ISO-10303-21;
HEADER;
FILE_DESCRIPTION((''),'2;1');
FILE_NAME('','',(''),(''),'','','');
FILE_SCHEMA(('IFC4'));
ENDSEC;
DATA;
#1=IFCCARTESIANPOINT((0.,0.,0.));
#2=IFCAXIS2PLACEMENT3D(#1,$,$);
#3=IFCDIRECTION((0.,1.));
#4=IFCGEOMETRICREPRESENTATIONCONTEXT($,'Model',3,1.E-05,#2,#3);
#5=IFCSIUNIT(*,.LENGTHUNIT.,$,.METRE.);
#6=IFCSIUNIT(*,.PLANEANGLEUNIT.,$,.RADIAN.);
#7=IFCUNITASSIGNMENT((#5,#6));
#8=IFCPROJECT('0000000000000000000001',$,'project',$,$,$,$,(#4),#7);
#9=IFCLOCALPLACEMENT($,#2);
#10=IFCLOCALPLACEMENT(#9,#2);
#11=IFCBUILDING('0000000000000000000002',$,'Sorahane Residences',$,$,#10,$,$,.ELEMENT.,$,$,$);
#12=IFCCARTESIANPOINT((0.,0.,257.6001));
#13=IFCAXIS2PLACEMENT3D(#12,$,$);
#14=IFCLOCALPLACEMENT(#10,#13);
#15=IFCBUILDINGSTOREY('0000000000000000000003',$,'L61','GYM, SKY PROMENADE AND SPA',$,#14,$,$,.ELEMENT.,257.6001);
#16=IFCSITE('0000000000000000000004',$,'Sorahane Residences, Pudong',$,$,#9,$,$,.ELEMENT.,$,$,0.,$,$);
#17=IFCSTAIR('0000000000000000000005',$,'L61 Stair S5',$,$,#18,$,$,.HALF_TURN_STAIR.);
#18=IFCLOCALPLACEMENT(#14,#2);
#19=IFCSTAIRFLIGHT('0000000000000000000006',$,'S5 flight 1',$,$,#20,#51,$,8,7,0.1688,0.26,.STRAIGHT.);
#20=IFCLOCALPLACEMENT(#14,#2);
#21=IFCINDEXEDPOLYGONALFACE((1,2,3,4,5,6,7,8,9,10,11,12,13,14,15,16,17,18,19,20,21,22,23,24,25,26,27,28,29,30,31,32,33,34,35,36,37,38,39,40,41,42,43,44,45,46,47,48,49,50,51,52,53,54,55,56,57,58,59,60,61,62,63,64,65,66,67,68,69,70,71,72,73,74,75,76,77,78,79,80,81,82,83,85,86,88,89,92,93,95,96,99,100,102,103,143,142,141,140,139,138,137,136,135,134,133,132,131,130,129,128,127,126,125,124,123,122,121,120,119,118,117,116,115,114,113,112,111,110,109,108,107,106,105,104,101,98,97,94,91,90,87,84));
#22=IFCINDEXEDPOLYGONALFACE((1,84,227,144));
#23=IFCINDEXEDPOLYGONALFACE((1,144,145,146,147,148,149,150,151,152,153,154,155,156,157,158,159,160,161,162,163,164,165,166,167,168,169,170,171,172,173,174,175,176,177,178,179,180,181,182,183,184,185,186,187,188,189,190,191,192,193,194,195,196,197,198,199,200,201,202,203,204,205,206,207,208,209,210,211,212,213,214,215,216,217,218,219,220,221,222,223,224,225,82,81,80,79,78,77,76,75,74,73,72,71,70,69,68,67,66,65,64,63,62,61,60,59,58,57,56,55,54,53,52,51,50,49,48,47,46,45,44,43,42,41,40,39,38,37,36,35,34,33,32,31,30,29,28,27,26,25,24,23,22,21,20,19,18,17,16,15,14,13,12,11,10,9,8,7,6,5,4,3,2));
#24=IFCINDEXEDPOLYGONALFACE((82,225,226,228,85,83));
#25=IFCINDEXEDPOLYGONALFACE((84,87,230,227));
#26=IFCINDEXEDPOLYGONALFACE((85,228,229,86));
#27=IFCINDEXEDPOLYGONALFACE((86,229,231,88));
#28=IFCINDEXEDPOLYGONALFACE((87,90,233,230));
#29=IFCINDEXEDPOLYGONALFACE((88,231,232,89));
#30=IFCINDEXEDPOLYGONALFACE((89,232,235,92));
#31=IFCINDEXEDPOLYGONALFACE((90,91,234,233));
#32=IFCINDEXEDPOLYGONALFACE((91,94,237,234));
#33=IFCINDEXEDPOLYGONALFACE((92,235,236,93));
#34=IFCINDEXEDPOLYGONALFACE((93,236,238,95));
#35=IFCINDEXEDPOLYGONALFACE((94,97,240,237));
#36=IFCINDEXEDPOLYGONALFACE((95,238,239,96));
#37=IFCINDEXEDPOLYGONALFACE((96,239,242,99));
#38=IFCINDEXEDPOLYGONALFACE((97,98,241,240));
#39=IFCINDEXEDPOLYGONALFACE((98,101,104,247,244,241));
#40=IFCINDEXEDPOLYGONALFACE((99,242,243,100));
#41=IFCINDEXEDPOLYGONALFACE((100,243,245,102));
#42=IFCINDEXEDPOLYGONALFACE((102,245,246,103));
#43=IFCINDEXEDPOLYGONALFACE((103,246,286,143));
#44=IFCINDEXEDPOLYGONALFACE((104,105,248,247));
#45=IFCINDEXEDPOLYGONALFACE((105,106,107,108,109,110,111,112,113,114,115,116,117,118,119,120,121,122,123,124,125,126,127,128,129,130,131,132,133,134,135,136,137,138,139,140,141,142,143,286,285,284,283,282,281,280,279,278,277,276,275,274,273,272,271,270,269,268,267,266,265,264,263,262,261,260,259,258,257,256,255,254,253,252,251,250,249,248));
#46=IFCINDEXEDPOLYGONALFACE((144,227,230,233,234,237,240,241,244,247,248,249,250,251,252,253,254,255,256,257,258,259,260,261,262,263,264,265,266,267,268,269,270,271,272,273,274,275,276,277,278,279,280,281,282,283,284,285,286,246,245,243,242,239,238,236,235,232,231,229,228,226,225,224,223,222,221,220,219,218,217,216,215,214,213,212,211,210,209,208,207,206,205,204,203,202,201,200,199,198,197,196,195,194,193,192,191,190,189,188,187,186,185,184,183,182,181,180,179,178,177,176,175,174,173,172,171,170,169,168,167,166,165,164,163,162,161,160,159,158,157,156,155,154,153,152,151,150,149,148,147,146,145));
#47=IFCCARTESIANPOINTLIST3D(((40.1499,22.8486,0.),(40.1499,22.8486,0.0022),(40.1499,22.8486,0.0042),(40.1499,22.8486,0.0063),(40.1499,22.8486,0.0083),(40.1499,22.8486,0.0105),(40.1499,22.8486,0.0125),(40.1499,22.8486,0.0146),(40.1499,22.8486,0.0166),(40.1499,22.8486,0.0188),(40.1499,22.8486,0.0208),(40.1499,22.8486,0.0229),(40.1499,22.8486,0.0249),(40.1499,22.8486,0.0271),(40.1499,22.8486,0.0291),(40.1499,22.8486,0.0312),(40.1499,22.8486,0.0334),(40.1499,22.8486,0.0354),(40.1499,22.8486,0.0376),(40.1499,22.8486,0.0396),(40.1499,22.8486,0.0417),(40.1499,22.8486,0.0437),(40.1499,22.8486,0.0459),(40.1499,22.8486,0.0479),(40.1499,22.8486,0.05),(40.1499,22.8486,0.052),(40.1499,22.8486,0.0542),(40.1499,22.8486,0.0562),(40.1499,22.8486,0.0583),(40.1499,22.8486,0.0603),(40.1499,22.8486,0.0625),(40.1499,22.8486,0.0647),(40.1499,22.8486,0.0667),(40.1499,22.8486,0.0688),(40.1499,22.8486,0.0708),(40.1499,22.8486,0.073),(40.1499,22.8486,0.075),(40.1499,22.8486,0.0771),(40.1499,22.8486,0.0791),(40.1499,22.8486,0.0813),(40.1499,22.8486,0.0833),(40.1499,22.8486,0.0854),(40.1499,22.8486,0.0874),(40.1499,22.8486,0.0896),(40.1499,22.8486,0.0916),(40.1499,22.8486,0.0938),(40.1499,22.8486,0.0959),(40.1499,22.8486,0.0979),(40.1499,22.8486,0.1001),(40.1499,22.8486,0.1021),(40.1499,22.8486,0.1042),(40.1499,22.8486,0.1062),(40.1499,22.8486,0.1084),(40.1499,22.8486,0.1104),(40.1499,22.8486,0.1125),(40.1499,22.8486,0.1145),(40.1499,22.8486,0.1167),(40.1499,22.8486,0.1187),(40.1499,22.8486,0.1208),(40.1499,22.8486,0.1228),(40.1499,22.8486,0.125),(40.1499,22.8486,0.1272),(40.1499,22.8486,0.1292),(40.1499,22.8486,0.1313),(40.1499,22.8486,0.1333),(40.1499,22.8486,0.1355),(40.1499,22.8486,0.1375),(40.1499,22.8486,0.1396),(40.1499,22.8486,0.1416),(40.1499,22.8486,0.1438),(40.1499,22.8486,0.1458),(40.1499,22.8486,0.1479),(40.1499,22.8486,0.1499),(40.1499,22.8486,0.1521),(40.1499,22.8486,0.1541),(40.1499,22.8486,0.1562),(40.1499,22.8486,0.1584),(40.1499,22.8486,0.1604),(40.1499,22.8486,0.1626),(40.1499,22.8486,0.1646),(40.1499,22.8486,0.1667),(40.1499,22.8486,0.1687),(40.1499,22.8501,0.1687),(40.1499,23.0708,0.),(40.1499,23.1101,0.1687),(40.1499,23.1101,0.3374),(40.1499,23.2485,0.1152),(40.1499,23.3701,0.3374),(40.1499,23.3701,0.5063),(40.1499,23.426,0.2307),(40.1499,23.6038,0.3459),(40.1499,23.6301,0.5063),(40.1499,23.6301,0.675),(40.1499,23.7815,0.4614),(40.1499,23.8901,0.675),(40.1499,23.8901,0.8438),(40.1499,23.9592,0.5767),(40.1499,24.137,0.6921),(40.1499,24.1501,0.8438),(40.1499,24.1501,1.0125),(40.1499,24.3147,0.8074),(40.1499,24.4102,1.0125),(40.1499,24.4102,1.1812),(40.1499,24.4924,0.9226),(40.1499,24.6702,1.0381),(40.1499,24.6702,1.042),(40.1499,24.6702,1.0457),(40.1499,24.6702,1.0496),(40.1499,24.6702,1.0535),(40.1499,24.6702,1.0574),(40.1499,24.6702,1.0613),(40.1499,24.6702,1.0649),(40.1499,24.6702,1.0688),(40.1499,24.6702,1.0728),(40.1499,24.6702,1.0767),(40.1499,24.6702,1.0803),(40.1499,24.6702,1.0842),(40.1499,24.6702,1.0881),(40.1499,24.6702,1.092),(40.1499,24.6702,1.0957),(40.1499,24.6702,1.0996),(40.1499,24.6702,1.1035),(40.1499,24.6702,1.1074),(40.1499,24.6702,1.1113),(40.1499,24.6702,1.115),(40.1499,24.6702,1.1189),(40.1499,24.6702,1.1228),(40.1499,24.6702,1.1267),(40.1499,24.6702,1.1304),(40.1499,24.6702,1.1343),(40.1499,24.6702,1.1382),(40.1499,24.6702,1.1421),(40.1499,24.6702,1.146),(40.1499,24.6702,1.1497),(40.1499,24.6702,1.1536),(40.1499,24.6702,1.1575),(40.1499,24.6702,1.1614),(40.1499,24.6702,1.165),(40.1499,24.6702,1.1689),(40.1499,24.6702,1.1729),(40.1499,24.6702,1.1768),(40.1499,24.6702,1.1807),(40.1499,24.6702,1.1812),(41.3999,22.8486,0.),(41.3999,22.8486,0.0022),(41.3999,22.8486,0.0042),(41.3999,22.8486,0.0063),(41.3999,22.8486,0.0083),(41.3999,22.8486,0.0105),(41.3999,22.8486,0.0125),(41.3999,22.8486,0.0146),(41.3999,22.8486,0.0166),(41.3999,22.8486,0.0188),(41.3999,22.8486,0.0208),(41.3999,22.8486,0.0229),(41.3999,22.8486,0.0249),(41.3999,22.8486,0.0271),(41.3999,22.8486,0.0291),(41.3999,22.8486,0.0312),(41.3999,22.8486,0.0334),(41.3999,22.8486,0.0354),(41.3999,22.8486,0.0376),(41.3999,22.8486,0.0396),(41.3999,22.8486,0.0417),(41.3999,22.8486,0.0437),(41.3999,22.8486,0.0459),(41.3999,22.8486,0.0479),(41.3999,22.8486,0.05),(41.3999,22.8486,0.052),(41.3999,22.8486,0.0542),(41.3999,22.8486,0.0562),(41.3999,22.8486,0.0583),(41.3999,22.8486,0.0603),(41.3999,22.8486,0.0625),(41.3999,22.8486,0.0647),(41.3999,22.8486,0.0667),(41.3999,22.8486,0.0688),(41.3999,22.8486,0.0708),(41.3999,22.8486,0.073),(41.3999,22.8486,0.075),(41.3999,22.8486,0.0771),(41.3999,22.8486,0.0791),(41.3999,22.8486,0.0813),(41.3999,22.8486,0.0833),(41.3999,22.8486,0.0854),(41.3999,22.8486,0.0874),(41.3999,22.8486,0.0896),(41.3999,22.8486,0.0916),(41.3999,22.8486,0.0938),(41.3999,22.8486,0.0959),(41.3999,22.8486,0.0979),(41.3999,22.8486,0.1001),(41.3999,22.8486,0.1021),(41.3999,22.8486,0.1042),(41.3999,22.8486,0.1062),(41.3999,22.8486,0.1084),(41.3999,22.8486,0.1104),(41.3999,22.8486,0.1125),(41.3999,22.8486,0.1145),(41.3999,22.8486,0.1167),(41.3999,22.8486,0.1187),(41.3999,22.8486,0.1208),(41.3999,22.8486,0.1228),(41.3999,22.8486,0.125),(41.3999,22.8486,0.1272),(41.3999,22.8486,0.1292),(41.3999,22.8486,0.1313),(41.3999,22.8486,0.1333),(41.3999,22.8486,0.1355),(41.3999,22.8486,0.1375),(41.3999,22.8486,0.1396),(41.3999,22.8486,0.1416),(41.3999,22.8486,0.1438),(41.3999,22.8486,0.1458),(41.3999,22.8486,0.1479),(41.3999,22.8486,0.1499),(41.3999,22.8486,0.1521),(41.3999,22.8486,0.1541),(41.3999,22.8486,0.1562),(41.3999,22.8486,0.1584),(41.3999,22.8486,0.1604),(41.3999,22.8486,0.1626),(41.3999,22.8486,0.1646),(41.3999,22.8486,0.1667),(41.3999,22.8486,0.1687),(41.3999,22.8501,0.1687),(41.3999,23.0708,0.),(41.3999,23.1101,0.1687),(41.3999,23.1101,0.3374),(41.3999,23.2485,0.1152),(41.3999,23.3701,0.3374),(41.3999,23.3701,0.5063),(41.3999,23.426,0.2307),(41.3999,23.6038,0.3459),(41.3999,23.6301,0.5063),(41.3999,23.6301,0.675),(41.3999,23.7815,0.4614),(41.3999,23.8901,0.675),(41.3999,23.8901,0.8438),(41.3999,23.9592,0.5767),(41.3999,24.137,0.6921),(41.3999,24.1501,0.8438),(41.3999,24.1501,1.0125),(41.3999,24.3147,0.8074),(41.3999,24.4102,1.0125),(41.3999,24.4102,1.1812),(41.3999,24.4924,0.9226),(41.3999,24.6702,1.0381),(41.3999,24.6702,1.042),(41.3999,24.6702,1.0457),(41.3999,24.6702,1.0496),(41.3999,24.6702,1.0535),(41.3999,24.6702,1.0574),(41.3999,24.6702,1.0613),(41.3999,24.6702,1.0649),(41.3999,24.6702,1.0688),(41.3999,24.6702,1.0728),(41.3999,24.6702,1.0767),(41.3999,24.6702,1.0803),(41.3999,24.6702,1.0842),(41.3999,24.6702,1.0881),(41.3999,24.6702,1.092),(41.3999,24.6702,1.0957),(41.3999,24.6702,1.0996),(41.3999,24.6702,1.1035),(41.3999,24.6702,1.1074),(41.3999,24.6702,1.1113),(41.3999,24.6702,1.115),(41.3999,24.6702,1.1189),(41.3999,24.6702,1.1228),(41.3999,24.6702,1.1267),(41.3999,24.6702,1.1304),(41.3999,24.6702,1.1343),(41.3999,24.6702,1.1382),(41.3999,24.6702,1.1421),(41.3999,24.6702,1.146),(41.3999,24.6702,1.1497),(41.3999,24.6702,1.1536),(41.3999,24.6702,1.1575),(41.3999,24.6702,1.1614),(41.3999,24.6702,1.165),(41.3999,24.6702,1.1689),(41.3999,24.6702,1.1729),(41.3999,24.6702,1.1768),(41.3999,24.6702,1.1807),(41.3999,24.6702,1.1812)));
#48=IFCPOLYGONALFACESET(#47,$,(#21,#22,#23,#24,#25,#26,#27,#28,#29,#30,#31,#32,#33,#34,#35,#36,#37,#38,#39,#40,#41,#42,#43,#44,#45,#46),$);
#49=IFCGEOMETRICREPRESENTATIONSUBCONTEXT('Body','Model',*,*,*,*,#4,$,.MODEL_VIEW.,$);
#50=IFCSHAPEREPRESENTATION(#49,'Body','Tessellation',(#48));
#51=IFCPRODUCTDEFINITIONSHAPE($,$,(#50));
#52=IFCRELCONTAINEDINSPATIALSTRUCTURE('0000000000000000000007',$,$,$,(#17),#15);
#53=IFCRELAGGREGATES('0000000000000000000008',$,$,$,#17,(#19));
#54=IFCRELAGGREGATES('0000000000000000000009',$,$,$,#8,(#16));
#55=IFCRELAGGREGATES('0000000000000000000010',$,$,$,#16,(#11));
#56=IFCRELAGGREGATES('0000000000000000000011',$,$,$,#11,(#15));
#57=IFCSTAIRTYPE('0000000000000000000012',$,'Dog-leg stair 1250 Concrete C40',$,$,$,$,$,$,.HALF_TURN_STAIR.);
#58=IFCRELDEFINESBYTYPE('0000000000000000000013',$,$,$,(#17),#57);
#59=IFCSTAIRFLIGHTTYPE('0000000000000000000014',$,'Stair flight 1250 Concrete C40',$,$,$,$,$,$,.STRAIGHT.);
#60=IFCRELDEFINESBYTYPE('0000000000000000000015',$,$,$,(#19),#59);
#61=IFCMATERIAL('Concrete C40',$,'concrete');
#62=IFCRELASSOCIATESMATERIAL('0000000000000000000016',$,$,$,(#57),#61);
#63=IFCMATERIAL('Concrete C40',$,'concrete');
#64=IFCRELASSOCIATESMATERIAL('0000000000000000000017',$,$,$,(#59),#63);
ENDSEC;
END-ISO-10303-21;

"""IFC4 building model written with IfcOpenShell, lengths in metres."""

from ifc_helpers import new_model, si_unit, direction, frame, origin, place, context, subcontext, project, spatial, polyline, outline, extrude, material, type_object, element, aggregate, save


model = new_model("IFC4")

# Units and contexts
model_context = context("Model", 3, precision=1e-05, world=origin(), true_north=direction((0.0, 1.0)))
body_context = subcontext(model_context, "Body", "Model", "MODEL_VIEW")
ifc_project = project(units=[si_unit("LENGTHUNIT", "METRE"), si_unit("PLANEANGLEUNIT", "RADIAN")], contexts=[model_context])

# Site, building, storey
site_placement = place(None, origin())
site = spatial("IfcSite", under=ifc_project, at=site_placement, Name="Sorahane Residences, Pudong", CompositionType="ELEMENT", RefElevation=0.0)
building_placement = place(site_placement, origin())
building = spatial("IfcBuilding", under=site, at=building_placement, Name="Sorahane Residences", CompositionType="ELEMENT")
storey_placement = place(building_placement, frame((0.0, 0.0, 257.6001)))
storey = spatial("IfcBuildingStorey", under=building, at=storey_placement, Name="L61", Description="GYM, SKY PROMENADE AND SPA", CompositionType="ELEMENT", Elevation=257.6001)

# Stair, stair flight
ifc_material_1 = material(Name="Concrete C40", Category="concrete")
stair_type = type_object("IfcStairType", Name="Dog-leg stair 1250 Concrete C40", PredefinedType="HALF_TURN_STAIR", material=ifc_material_1)
stair_placement = place(storey_placement, origin())
stair = element("IfcStair", 1, at=stair_placement, inside=storey, type_object=stair_type, Name="L61 Stair S5", PredefinedType="HALF_TURN_STAIR")
ifc_material_2 = material(Name="Concrete C40", Category="concrete")
stair_flight_type = type_object("IfcStairFlightType", Name="Stair flight 1250 Concrete C40", PredefinedType="STRAIGHT", material=ifc_material_2)
stair_flight_1_placement = place(storey_placement, frame((40.7749, 22.8501, 0.0), z_axis=(0.0, 0.0, 1.0), x_axis=(0.0, 1.0, 0.0)))
stair_flight_1 = element("IfcStairFlight", 2, at=stair_flight_1_placement, type_object=stair_flight_type, Name="S5 flight 1", NumberOfRisers=8, NumberOfTreads=7, PredefinedType="STRAIGHT", RiserHeight=0.1688, TreadLength=0.26, context=body_context, shape_type="SweptSolid", body=[
    extrude(outline(polyline([(-0.0015, 0.0), (-0.0015, 0.0022), (-0.0015, 0.0042), (-0.0015, 0.0063), (-0.0015, 0.0083), (-0.0015, 0.0105), (-0.0015, 0.0125), (-0.0015, 0.0146), (-0.0015, 0.0166), (-0.0015, 0.0188), (-0.0015, 0.0208), (-0.0015, 0.0229), (-0.0015, 0.0249), (-0.0015, 0.0271), (-0.0015, 0.0291), (-0.0015, 0.0312), (-0.0015, 0.0334), (-0.0015, 0.0354), (-0.0015, 0.0376), (-0.0015, 0.0396), (-0.0015, 0.0417), (-0.0015, 0.0437), (-0.0015, 0.0459), (-0.0015, 0.0479), (-0.0015, 0.05), (-0.0015, 0.052), (-0.0015, 0.0542), (-0.0015, 0.0562), (-0.0015, 0.0583), (-0.0015, 0.0603), (-0.0015, 0.0625), (-0.0015, 0.0647), (-0.0015, 0.0667), (-0.0015, 0.0688), (-0.0015, 0.0708), (-0.0015, 0.073), (-0.0015, 0.075), (-0.0015, 0.0771), (-0.0015, 0.0791), (-0.0015, 0.0813), (-0.0015, 0.0833), (-0.0015, 0.0854), (-0.0015, 0.0874), (-0.0015, 0.0896), (-0.0015, 0.0916), (-0.0015, 0.0938), (-0.0015, 0.0959), (-0.0015, 0.0979), (-0.0015, 0.1001), (-0.0015, 0.1021), (-0.0015, 0.1042), (-0.0015, 0.1062), (-0.0015, 0.1084), (-0.0015, 0.1104), (-0.0015, 0.1125), (-0.0015, 0.1145), (-0.0015, 0.1167), (-0.0015, 0.1187), (-0.0015, 0.1208), (-0.0015, 0.1228), (-0.0015, 0.125), (-0.0015, 0.1272), (-0.0015, 0.1292), (-0.0015, 0.1313), (-0.0015, 0.1333), (-0.0015, 0.1355), (-0.0015, 0.1375), (-0.0015, 0.1396), (-0.0015, 0.1416), (-0.0015, 0.1438), (-0.0015, 0.1458), (-0.0015, 0.1479), (-0.0015, 0.1499), (-0.0015, 0.1521), (-0.0015, 0.1541), (-0.0015, 0.1562), (-0.0015, 0.1584), (-0.0015, 0.1604), (-0.0015, 0.1626), (-0.0015, 0.1646), (-0.0015, 0.1667), (-0.0015, 0.1687), (0.0, 0.1687), (0.26, 0.1687), (0.26, 0.3374), (0.52, 0.3374), (0.52, 0.5063), (0.78, 0.5063), (0.78, 0.675), (1.04, 0.675), (1.04, 0.8438), (1.3, 0.8438), (1.3, 1.0125), (1.5601, 1.0125), (1.5601, 1.1812), (1.8201, 1.1812), (1.8201, 1.3501), (1.8201, 1.3462), (1.8201, 1.3423), (1.8201, 1.3384), (1.8201, 1.3347), (1.8201, 1.3308), (1.8201, 1.3269), (1.8201, 1.323), (1.8201, 1.3191), (1.8201, 1.3154), (1.8201, 1.3115), (1.8201, 1.3076), (1.8201, 1.3037), (1.8201, 1.3), (1.8201, 1.2961), (1.8201, 1.2922), (1.8201, 1.2883), (1.8201, 1.2844), (1.8201, 1.2808), (1.8201, 1.2769), (1.8201, 1.2729), (1.8201, 1.269), (1.8201, 1.2654), (1.8201, 1.2615), (1.8201, 1.2576), (1.8201, 1.2537), (1.8201, 1.2498), (1.8201, 1.2461), (1.8201, 1.2422), (1.8201, 1.2383), (1.8201, 1.2344), (1.8201, 1.2307), (1.8201, 1.2268), (1.8201, 1.2229), (1.8201, 1.219), (1.8201, 1.2151), (1.8201, 1.2114), (1.8201, 1.2075), (1.8201, 1.2036), (1.8201, 1.1997), (1.8201, 1.196), (1.8201, 1.1921), (1.8201, 1.1882), (1.8201, 1.1843), (1.8201, 1.1807), (1.8201, 1.1768), (1.8201, 1.1729), (1.8201, 1.1689), (1.8201, 1.165), (1.8201, 1.1614), (1.8201, 1.1575), (1.8201, 1.1536), (1.8201, 1.1497), (1.8201, 1.146), (1.8201, 1.1421), (1.8201, 1.1382), (1.8201, 1.1343), (1.8201, 1.1304), (1.8201, 1.1267), (1.8201, 1.1228), (1.8201, 1.1189), (1.8201, 1.115), (1.8201, 1.1113), (1.8201, 1.1074), (1.8201, 1.1035), (1.8201, 1.0996), (1.8201, 1.0957), (1.8201, 1.092), (1.8201, 1.0881), (1.8201, 1.0842), (1.8201, 1.0803), (1.8201, 1.0767), (1.8201, 1.0728), (1.8201, 1.0688), (1.8201, 1.0649), (1.8201, 1.0613), (1.8201, 1.0574), (1.8201, 1.0535), (1.8201, 1.0496), (1.8201, 1.0457), (1.8201, 1.042), (1.8201, 1.0381), (1.6423, 0.9226), (1.4646, 0.8074), (1.2869, 0.6921), (1.1091, 0.5767), (0.9314, 0.4614), (0.7537, 0.3459), (0.5759, 0.2307), (0.3984, 0.1152), (0.2207, 0.0), (-0.0015, 0.0)])), frame((0.0, 0.625, 0.0), z_axis=(0.0, -1.0, 0.0), x_axis=(1.0, 0.0, 0.0)), (0.0, 0.0, 1.0), 1.25),
])
aggregate(stair, [stair_flight_1])

save(model, "model.ifc")
